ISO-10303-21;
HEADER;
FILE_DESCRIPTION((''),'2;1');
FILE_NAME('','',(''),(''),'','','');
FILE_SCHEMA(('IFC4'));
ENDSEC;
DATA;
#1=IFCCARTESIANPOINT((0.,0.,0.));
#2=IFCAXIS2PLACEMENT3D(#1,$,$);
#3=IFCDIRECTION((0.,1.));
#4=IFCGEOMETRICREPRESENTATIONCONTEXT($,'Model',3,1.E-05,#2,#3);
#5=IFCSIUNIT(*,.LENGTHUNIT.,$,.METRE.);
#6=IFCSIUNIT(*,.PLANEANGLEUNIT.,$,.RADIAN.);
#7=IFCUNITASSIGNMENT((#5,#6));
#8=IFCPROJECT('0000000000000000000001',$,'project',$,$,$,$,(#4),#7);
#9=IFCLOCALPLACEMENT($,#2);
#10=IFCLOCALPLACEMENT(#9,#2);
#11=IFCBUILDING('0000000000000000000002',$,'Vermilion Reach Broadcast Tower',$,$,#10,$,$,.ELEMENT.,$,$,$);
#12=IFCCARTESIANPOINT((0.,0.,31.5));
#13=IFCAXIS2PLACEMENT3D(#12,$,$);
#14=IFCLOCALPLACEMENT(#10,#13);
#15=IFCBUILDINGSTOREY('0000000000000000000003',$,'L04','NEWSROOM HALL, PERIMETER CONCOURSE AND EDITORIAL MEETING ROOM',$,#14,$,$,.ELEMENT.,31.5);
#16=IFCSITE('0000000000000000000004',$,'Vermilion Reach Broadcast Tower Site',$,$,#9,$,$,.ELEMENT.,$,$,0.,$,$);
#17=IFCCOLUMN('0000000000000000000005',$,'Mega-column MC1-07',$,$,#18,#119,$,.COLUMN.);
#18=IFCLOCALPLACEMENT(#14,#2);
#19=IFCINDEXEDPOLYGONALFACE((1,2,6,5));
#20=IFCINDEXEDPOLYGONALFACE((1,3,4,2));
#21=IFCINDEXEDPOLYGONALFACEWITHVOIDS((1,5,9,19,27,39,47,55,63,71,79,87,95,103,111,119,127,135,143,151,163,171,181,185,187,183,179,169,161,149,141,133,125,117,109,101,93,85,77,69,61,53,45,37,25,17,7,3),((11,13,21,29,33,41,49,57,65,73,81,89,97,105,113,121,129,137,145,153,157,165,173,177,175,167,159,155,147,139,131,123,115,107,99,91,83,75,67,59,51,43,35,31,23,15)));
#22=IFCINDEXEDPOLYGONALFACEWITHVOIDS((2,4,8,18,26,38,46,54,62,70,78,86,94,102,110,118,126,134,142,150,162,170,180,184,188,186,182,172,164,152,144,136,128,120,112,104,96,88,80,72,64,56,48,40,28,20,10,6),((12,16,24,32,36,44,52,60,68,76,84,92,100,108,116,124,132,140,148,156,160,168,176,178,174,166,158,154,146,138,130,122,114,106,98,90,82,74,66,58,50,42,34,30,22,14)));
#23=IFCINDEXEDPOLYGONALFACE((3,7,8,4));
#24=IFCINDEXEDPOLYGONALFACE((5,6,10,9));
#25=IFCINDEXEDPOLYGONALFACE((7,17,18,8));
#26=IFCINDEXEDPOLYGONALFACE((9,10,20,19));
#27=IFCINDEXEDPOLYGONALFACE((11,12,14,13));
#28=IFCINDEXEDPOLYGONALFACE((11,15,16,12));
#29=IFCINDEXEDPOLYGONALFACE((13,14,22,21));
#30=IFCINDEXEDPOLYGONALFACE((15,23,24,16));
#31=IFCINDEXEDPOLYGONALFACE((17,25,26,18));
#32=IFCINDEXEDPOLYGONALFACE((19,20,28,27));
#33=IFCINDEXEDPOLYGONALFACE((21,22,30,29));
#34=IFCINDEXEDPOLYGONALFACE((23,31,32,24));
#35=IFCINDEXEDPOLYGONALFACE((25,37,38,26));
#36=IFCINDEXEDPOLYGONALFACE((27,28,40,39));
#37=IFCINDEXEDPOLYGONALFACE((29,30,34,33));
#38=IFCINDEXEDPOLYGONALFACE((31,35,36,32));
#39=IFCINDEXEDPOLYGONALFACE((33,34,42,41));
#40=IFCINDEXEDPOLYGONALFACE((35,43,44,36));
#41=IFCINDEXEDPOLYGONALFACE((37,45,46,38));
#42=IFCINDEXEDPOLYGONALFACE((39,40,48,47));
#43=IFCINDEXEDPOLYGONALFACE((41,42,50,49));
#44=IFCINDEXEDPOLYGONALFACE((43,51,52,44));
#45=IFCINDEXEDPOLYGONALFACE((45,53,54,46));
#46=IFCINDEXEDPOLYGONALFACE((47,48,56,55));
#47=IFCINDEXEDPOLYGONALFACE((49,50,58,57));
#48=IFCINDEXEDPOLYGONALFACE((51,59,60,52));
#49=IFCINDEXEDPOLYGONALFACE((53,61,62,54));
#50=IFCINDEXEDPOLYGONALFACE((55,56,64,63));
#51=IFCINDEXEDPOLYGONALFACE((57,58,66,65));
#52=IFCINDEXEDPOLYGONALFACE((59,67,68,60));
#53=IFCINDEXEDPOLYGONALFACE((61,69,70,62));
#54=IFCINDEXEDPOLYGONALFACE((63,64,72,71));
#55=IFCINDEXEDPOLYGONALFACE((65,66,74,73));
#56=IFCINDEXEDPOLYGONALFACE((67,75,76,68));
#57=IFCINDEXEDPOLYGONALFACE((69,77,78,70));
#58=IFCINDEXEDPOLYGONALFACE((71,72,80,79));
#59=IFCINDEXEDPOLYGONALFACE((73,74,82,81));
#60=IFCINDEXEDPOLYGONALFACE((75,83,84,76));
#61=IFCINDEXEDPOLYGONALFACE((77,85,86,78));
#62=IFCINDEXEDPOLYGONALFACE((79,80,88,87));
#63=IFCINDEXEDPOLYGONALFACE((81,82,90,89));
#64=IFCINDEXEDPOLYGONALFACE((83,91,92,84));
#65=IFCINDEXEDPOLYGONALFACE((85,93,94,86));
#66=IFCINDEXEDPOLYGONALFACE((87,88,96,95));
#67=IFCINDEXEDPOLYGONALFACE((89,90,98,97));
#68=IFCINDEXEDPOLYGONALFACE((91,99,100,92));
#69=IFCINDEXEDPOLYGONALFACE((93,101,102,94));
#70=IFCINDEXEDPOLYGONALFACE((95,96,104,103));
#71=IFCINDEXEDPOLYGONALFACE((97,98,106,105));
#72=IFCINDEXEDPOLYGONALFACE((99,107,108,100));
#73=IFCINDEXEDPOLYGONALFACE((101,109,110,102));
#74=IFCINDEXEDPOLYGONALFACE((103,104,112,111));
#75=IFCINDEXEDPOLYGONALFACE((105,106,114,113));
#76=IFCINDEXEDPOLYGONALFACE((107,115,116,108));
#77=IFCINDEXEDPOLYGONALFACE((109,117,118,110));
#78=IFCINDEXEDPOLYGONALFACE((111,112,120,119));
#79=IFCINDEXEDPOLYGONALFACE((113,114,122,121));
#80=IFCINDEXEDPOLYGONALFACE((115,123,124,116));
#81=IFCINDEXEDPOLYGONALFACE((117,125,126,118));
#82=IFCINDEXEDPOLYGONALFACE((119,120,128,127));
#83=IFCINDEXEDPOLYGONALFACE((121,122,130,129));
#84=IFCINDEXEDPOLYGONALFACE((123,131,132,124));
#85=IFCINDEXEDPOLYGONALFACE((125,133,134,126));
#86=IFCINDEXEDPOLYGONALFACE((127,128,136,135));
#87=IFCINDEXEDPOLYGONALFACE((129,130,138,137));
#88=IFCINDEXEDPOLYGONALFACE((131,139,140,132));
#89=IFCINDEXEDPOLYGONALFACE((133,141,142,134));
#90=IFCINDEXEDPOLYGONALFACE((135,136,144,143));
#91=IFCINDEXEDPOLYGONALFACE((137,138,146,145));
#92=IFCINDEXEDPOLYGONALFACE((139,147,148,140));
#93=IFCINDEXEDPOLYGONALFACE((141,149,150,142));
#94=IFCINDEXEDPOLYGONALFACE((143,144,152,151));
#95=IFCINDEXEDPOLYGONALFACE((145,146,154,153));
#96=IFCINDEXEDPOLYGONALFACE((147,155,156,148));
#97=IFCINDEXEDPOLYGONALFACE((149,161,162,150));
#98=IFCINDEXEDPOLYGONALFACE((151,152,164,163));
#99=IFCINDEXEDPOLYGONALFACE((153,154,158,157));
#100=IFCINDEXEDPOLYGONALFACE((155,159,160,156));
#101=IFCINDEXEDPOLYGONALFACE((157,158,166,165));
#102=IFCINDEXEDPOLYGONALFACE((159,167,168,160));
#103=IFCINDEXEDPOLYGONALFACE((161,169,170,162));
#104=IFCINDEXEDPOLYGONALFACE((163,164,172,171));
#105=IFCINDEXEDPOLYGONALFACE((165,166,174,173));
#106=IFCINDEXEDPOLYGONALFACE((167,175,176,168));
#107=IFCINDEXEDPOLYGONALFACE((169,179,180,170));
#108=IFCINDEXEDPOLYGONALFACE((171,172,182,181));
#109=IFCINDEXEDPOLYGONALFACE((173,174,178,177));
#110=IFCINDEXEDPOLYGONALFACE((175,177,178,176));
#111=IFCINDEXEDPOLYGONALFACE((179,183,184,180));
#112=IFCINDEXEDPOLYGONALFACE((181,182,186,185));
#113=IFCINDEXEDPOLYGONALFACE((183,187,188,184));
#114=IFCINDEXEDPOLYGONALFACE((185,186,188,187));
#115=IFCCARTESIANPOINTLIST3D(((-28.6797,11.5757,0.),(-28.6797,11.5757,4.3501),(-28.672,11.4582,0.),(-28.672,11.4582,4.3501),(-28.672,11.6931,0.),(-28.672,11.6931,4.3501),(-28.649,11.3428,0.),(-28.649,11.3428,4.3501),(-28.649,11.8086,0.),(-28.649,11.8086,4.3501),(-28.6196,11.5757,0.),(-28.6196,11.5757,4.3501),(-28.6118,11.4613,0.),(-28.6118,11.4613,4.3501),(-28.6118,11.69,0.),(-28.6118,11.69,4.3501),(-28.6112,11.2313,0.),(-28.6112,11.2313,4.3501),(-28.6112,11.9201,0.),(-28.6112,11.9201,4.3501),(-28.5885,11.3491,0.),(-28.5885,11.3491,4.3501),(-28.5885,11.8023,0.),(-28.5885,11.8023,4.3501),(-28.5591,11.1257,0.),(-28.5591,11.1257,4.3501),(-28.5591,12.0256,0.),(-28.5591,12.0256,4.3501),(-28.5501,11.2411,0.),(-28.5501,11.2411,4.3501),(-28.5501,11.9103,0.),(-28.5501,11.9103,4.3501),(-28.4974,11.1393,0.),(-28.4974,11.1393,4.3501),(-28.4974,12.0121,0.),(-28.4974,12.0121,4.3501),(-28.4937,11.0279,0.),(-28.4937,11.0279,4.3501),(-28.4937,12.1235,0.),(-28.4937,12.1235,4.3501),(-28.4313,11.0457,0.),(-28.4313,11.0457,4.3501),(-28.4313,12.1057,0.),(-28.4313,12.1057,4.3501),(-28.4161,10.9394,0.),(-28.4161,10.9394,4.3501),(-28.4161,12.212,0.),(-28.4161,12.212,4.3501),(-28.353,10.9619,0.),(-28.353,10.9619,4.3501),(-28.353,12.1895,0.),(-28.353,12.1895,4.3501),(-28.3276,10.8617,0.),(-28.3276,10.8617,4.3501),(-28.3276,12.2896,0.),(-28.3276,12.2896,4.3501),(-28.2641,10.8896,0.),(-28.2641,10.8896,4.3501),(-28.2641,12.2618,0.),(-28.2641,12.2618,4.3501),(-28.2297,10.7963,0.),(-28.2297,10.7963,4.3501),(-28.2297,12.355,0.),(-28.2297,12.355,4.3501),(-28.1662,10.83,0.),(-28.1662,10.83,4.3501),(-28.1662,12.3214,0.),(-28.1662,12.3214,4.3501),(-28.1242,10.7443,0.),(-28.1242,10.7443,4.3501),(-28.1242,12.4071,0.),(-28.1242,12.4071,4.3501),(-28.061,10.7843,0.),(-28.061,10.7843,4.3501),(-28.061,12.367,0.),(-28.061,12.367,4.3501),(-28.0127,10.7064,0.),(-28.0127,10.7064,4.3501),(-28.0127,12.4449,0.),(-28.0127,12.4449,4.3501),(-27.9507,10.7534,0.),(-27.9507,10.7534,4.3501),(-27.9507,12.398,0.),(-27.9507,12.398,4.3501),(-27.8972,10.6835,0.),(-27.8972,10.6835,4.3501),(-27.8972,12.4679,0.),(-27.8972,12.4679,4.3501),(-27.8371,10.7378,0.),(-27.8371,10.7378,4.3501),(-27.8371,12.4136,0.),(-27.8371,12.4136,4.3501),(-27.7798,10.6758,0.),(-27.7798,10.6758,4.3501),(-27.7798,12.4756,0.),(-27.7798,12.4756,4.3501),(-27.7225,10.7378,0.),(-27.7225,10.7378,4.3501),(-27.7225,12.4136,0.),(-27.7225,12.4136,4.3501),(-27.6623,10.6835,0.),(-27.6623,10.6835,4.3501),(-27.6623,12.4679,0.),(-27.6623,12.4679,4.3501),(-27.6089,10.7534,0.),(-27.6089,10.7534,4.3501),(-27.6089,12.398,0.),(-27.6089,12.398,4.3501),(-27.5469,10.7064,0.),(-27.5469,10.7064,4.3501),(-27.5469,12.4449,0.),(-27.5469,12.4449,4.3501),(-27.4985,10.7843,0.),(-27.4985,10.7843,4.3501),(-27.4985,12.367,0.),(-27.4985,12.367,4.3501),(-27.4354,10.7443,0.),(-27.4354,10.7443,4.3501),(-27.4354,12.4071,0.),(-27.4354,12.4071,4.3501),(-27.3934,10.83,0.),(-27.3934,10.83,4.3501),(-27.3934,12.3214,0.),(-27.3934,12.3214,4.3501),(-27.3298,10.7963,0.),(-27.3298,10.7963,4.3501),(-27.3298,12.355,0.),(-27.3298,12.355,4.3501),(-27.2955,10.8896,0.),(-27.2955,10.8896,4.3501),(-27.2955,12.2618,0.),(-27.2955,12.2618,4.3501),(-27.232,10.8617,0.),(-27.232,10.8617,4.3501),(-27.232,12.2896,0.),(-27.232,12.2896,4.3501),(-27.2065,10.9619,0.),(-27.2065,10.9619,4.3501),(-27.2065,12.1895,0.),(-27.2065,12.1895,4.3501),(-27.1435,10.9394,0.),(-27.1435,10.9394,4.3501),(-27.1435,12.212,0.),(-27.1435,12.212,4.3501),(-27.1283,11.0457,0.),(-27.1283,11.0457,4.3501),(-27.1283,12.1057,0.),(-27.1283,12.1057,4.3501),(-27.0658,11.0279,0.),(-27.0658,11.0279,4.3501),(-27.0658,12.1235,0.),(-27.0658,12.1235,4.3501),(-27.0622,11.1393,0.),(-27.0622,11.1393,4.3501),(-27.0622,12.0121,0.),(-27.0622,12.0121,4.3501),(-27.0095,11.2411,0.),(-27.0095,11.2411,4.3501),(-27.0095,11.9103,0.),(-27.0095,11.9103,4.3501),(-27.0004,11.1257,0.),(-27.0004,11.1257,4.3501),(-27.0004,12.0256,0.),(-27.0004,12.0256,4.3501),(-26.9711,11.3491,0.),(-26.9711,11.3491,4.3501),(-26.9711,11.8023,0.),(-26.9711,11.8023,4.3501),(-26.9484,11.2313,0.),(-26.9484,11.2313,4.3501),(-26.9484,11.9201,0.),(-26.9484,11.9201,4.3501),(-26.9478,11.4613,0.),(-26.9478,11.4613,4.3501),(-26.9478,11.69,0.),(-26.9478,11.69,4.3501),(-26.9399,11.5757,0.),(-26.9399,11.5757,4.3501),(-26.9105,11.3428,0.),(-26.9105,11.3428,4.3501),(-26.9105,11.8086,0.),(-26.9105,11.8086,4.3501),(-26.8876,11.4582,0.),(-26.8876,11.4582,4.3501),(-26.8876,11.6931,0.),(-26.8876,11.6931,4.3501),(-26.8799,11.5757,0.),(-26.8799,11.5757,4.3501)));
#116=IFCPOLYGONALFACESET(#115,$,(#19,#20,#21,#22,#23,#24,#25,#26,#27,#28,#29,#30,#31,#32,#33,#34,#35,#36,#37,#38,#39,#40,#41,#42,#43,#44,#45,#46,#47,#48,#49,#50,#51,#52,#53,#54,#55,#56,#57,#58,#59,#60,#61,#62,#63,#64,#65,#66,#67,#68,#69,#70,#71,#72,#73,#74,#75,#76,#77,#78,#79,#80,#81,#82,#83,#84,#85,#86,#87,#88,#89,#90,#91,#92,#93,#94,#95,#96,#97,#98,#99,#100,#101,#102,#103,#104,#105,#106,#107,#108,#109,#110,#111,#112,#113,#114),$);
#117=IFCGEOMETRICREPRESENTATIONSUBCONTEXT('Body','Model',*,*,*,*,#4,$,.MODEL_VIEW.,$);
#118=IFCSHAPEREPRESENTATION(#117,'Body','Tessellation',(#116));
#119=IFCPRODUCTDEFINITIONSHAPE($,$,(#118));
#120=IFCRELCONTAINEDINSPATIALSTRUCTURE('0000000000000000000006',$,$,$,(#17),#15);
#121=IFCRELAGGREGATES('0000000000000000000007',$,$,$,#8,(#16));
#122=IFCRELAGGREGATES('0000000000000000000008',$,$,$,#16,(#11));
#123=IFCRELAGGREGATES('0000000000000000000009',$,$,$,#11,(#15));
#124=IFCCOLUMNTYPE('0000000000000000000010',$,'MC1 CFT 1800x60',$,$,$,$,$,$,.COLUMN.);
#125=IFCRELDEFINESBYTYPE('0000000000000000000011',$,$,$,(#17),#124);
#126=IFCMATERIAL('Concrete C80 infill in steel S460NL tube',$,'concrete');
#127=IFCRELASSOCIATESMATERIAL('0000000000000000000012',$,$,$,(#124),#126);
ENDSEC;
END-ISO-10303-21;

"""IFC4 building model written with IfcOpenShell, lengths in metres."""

from ifc_helpers import new_model, si_unit, direction, frame, origin, origin_2d, place, context, subcontext, project, spatial, hollow_circle, extrude, material, material_profile, profile_set, type_object, element, save


model = new_model("IFC4")

# Units and contexts
model_context = context("Model", 3, precision=1e-05, world=origin(), true_north=direction((0.0, 1.0)))
body_context = subcontext(model_context, "Body", "Model", "MODEL_VIEW")
ifc_project = project(units=[si_unit("LENGTHUNIT", "METRE"), si_unit("PLANEANGLEUNIT", "RADIAN")], contexts=[model_context])

# Site, building, storey
site_placement = place(None, origin())
site = spatial("IfcSite", under=ifc_project, at=site_placement, Name="Vermilion Reach Broadcast Tower Site", CompositionType="ELEMENT", RefElevation=0.0)
building_placement = place(site_placement, origin())
building = spatial("IfcBuilding", under=site, at=building_placement, Name="Vermilion Reach Broadcast Tower", CompositionType="ELEMENT")
storey_placement = place(building_placement, frame((0.0, 0.0, 31.5)))
storey = spatial("IfcBuildingStorey", under=building, at=storey_placement, Name="L04", Description="NEWSROOM HALL, PERIMETER CONCOURSE AND EDITORIAL MEETING ROOM", CompositionType="ELEMENT", Elevation=31.5)

# Column
ifc_material_1 = material(Name="Concrete C80 infill in steel S460NL tube", Category="concrete")
ifc_material_profile_1 = material_profile(ifc_material_1, hollow_circle(Radius=0.8999, WallThickness=0.0601, at=origin_2d()), Name="Concrete C80 infill in steel S460NL tube CFT 1800x60")
ifc_profile_set_1 = profile_set([ifc_material_profile_1], Name="Concrete C80 infill in steel S460NL tube")
column_type = type_object("IfcColumnType", Name="MC1 CFT 1800x60", PredefinedType="COLUMN", material=ifc_profile_set_1)
for number, where, z_axis, x_axis, name in (
    (1, (-27.7798, 11.5757, 0.0), (0.0, 0.0, 1.0), (1.0, 0.0, 0.0), "Mega-column MC1-07"),
):
    element("IfcColumn", number, at=place(storey_placement, frame(where, z_axis=z_axis, x_axis=x_axis)), inside=storey, type_object=column_type, Name=name, PredefinedType="COLUMN", context=body_context, shape_type="SweptSolid", body=[
        extrude(hollow_circle(Radius=0.8999, WallThickness=0.0601, at=origin_2d()), origin(), (0.0, 0.0, 1.0), 4.3501),
    ])

save(model, "model.ifc")
